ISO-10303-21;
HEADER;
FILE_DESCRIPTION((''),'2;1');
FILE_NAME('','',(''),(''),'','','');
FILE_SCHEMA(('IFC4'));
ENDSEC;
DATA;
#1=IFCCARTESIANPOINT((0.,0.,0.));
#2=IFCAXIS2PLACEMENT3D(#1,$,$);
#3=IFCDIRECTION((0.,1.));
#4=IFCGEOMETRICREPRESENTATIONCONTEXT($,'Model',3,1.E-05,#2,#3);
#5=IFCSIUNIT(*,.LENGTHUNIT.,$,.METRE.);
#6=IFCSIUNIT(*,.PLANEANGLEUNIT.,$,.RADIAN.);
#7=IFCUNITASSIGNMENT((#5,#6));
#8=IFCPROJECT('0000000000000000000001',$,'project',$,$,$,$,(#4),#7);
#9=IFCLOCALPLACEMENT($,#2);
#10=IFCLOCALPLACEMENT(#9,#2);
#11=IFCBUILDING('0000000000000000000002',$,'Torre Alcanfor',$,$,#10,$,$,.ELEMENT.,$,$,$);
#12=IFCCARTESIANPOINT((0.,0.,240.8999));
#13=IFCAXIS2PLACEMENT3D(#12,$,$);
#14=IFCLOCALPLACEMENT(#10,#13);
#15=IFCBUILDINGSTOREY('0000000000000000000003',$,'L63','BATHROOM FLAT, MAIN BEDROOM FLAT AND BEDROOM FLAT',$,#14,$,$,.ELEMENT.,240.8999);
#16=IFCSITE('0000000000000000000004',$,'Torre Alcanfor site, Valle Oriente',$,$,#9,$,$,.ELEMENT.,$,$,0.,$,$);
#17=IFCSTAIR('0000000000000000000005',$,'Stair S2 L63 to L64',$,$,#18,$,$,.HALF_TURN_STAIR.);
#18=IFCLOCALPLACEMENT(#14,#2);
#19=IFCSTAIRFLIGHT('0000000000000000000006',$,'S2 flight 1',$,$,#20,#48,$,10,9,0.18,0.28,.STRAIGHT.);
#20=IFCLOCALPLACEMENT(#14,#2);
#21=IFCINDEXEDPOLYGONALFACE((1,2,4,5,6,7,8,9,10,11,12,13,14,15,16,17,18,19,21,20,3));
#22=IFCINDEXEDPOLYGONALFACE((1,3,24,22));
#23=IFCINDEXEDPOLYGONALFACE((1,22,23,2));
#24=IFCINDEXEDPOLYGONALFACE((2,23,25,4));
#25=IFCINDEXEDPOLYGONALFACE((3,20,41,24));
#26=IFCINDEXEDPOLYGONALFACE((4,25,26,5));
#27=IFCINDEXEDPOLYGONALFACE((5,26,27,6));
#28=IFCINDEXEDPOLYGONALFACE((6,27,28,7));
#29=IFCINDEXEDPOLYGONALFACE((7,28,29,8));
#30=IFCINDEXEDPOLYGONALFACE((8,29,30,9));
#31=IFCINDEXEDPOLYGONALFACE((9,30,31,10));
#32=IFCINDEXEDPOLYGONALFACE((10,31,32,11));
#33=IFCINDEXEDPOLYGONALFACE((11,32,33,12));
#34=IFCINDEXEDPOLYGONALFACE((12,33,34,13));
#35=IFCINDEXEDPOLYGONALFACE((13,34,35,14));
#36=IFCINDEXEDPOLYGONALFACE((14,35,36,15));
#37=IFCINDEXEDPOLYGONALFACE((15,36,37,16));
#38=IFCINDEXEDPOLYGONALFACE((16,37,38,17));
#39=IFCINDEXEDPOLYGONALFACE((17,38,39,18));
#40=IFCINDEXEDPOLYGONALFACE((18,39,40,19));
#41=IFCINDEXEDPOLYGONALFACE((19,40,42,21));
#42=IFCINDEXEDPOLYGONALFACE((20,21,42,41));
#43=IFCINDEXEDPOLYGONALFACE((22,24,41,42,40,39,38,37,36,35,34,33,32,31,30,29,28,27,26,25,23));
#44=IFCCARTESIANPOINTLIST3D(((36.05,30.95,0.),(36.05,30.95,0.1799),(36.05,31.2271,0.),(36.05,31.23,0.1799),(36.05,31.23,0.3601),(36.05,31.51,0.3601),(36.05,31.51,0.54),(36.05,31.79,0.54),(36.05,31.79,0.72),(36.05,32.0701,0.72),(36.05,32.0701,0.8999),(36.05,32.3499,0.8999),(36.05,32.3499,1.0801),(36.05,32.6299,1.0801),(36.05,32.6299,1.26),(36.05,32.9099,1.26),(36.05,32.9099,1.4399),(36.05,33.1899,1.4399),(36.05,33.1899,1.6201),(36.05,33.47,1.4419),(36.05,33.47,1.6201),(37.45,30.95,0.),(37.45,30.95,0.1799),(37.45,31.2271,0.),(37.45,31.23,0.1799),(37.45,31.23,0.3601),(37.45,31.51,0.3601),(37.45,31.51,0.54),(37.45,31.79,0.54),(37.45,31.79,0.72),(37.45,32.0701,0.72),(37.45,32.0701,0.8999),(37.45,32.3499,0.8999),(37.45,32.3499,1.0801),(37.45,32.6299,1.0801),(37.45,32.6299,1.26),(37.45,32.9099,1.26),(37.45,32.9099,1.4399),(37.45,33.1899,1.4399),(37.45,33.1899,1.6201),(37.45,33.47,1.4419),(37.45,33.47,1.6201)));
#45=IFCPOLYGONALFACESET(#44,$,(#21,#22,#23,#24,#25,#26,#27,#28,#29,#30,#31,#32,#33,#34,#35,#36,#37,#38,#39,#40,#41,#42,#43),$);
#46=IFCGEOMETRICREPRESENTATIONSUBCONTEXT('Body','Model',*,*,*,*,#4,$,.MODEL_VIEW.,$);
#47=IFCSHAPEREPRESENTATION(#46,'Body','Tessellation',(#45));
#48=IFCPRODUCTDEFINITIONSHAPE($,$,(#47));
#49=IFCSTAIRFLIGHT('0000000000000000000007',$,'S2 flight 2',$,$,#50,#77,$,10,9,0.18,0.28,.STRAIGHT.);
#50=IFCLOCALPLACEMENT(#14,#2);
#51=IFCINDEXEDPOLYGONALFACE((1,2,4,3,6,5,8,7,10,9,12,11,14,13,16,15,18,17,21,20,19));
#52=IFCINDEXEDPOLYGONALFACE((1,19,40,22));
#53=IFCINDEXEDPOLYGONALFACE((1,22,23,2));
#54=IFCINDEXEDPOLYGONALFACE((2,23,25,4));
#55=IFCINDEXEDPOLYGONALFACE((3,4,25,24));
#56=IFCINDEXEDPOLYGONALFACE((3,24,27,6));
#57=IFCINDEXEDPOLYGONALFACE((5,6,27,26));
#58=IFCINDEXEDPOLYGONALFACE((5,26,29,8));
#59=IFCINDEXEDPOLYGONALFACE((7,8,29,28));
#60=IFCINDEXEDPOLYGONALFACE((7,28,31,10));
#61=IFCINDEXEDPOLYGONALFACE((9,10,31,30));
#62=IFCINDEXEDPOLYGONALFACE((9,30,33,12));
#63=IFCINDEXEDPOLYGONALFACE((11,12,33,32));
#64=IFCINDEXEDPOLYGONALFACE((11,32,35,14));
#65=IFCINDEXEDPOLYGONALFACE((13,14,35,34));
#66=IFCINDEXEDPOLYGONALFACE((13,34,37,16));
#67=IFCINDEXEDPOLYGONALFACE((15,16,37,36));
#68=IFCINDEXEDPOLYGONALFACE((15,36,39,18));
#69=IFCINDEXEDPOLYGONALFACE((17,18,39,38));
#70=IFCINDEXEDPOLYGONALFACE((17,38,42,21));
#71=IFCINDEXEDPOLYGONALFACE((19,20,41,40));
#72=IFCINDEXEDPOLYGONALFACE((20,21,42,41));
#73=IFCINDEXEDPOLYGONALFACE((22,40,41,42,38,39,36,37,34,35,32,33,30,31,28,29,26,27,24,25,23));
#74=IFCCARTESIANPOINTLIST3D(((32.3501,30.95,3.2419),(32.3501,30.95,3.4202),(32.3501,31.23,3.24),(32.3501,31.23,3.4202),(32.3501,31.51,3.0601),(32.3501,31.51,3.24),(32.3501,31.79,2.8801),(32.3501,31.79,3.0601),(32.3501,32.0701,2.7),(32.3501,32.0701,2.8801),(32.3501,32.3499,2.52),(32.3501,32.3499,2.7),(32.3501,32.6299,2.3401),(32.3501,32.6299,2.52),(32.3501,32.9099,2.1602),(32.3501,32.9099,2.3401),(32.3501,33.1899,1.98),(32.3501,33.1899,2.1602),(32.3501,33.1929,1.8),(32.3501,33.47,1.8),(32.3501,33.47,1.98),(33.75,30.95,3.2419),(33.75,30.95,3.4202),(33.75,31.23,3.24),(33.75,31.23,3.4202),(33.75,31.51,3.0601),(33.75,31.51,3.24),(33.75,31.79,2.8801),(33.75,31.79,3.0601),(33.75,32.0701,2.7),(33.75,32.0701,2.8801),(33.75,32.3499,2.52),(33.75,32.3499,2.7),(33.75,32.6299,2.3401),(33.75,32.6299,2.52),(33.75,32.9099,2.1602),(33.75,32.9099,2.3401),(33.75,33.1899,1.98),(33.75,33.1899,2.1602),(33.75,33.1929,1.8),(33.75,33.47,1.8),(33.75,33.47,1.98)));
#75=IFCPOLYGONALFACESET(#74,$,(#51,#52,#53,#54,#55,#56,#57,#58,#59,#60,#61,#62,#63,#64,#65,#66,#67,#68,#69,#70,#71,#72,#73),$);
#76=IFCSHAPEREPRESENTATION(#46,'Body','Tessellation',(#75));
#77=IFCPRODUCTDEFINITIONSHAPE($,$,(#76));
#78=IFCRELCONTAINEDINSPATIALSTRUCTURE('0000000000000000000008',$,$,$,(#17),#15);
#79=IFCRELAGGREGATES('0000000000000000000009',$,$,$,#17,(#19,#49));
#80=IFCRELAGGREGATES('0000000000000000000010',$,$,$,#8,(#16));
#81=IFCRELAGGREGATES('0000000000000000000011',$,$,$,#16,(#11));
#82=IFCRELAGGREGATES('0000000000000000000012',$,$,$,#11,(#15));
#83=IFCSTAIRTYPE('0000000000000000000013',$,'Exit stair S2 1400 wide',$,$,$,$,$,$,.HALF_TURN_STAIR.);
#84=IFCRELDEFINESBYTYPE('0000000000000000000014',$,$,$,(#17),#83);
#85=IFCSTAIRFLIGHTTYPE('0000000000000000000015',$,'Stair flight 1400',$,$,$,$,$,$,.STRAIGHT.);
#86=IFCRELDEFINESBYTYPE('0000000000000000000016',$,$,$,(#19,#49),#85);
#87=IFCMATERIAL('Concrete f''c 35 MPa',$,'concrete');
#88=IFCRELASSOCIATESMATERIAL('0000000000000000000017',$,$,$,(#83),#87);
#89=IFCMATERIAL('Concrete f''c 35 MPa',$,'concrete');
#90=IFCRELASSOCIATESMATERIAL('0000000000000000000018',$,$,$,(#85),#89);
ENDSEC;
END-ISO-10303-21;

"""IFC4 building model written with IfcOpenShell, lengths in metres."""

from ifc_helpers import new_model, si_unit, direction, frame, origin, place, context, subcontext, project, spatial, polyline, outline, extrude, material, type_object, element, aggregate, save


model = new_model("IFC4")

# Units and contexts
model_context = context("Model", 3, precision=1e-05, world=origin(), true_north=direction((0.0, 1.0)))
body_context = subcontext(model_context, "Body", "Model", "MODEL_VIEW")
ifc_project = project(units=[si_unit("LENGTHUNIT", "METRE"), si_unit("PLANEANGLEUNIT", "RADIAN")], contexts=[model_context])

# Site, building, storey
site_placement = place(None, origin())
site = spatial("IfcSite", under=ifc_project, at=site_placement, Name="Torre Alcanfor site, Valle Oriente", CompositionType="ELEMENT", RefElevation=0.0)
building_placement = place(site_placement, origin())
building = spatial("IfcBuilding", under=site, at=building_placement, Name="Torre Alcanfor", CompositionType="ELEMENT")
storey_placement = place(building_placement, frame((0.0, 0.0, 240.8999)))
storey = spatial("IfcBuildingStorey", under=building, at=storey_placement, Name="L63", Description="BATHROOM FLAT, MAIN BEDROOM FLAT AND BEDROOM FLAT", CompositionType="ELEMENT", Elevation=240.8999)

# Stair, stair flights
ifc_material_1 = material(Name="Concrete f'c 35 MPa", Category="concrete")
stair_type = type_object("IfcStairType", Name="Exit stair S2 1400 wide", PredefinedType="HALF_TURN_STAIR", material=ifc_material_1)
stair_placement = place(storey_placement, origin())
stair = element("IfcStair", 1, at=stair_placement, inside=storey, type_object=stair_type, Name="Stair S2 L63 to L64", PredefinedType="HALF_TURN_STAIR")
ifc_material_2 = material(Name="Concrete f'c 35 MPa", Category="concrete")
stair_flight_type = type_object("IfcStairFlightType", Name="Stair flight 1400", PredefinedType="STRAIGHT", material=ifc_material_2)
stair_flight_1_placement = place(storey_placement, frame((36.75, 30.95, 0.0), z_axis=(0.0, 0.0, 1.0), x_axis=(0.0, 1.0, 0.0)))
stair_flight_1 = element("IfcStairFlight", 2, at=stair_flight_1_placement, type_object=stair_flight_type, Name="S2 flight 1", NumberOfRisers=10, NumberOfTreads=9, PredefinedType="STRAIGHT", RiserHeight=0.18, TreadLength=0.28, context=body_context, shape_type="SweptSolid", body=[
    extrude(outline(polyline([(0.0, 0.0), (0.0, 0.1799), (0.28, 0.1799), (0.28, 0.3601), (0.5601, 0.3601), (0.5601, 0.54), (0.8401, 0.54), (0.8401, 0.72), (1.1201, 0.72), (1.1201, 0.8999), (1.3999, 0.8999), (1.3999, 1.0801), (1.6799, 1.0801), (1.6799, 1.26), (1.96, 1.26), (1.96, 1.4399), (2.24, 1.4399), (2.24, 1.6201), (2.52, 1.6201), (2.52, 1.8), (2.52, 1.4419), (0.2771, 0.0), (0.0, 0.0)])), frame((0.0, 0.7, 0.0), z_axis=(0.0, -1.0, 0.0), x_axis=(1.0, 0.0, 0.0)), (0.0, 0.0, 1.0), 1.3999),
])
stair_flight_2_placement = place(storey_placement, frame((33.05, 33.47, 1.8), z_axis=(0.0, 0.0, 1.0), x_axis=(0.0, -1.0, 0.0)))
stair_flight_2 = element("IfcStairFlight", 3, at=stair_flight_2_placement, type_object=stair_flight_type, Name="S2 flight 2", NumberOfRisers=10, NumberOfTreads=9, PredefinedType="STRAIGHT", RiserHeight=0.18, TreadLength=0.28, context=body_context, shape_type="SweptSolid", body=[
    extrude(outline(polyline([(0.0, 0.0), (0.0, 0.1799), (0.28, 0.1799), (0.28, 0.3601), (0.5601, 0.3601), (0.5601, 0.54), (0.8401, 0.54), (0.8401, 0.72), (1.1201, 0.72), (1.1201, 0.8999), (1.3999, 0.8999), (1.3999, 1.0801), (1.6799, 1.0801), (1.6799, 1.26), (1.96, 1.26), (1.96, 1.4399), (2.24, 1.4399), (2.24, 1.6201), (2.52, 1.6201), (2.52, 1.8), (2.52, 1.4419), (0.2771, 0.0), (0.0, 0.0)])), frame((0.0, 0.7, 0.0), z_axis=(0.0, -1.0, 0.0), x_axis=(1.0, 0.0, 0.0)), (0.0, 0.0, 1.0), 1.3999),
])
aggregate(stair, [stair_flight_1, stair_flight_2])

save(model, "model.ifc")
